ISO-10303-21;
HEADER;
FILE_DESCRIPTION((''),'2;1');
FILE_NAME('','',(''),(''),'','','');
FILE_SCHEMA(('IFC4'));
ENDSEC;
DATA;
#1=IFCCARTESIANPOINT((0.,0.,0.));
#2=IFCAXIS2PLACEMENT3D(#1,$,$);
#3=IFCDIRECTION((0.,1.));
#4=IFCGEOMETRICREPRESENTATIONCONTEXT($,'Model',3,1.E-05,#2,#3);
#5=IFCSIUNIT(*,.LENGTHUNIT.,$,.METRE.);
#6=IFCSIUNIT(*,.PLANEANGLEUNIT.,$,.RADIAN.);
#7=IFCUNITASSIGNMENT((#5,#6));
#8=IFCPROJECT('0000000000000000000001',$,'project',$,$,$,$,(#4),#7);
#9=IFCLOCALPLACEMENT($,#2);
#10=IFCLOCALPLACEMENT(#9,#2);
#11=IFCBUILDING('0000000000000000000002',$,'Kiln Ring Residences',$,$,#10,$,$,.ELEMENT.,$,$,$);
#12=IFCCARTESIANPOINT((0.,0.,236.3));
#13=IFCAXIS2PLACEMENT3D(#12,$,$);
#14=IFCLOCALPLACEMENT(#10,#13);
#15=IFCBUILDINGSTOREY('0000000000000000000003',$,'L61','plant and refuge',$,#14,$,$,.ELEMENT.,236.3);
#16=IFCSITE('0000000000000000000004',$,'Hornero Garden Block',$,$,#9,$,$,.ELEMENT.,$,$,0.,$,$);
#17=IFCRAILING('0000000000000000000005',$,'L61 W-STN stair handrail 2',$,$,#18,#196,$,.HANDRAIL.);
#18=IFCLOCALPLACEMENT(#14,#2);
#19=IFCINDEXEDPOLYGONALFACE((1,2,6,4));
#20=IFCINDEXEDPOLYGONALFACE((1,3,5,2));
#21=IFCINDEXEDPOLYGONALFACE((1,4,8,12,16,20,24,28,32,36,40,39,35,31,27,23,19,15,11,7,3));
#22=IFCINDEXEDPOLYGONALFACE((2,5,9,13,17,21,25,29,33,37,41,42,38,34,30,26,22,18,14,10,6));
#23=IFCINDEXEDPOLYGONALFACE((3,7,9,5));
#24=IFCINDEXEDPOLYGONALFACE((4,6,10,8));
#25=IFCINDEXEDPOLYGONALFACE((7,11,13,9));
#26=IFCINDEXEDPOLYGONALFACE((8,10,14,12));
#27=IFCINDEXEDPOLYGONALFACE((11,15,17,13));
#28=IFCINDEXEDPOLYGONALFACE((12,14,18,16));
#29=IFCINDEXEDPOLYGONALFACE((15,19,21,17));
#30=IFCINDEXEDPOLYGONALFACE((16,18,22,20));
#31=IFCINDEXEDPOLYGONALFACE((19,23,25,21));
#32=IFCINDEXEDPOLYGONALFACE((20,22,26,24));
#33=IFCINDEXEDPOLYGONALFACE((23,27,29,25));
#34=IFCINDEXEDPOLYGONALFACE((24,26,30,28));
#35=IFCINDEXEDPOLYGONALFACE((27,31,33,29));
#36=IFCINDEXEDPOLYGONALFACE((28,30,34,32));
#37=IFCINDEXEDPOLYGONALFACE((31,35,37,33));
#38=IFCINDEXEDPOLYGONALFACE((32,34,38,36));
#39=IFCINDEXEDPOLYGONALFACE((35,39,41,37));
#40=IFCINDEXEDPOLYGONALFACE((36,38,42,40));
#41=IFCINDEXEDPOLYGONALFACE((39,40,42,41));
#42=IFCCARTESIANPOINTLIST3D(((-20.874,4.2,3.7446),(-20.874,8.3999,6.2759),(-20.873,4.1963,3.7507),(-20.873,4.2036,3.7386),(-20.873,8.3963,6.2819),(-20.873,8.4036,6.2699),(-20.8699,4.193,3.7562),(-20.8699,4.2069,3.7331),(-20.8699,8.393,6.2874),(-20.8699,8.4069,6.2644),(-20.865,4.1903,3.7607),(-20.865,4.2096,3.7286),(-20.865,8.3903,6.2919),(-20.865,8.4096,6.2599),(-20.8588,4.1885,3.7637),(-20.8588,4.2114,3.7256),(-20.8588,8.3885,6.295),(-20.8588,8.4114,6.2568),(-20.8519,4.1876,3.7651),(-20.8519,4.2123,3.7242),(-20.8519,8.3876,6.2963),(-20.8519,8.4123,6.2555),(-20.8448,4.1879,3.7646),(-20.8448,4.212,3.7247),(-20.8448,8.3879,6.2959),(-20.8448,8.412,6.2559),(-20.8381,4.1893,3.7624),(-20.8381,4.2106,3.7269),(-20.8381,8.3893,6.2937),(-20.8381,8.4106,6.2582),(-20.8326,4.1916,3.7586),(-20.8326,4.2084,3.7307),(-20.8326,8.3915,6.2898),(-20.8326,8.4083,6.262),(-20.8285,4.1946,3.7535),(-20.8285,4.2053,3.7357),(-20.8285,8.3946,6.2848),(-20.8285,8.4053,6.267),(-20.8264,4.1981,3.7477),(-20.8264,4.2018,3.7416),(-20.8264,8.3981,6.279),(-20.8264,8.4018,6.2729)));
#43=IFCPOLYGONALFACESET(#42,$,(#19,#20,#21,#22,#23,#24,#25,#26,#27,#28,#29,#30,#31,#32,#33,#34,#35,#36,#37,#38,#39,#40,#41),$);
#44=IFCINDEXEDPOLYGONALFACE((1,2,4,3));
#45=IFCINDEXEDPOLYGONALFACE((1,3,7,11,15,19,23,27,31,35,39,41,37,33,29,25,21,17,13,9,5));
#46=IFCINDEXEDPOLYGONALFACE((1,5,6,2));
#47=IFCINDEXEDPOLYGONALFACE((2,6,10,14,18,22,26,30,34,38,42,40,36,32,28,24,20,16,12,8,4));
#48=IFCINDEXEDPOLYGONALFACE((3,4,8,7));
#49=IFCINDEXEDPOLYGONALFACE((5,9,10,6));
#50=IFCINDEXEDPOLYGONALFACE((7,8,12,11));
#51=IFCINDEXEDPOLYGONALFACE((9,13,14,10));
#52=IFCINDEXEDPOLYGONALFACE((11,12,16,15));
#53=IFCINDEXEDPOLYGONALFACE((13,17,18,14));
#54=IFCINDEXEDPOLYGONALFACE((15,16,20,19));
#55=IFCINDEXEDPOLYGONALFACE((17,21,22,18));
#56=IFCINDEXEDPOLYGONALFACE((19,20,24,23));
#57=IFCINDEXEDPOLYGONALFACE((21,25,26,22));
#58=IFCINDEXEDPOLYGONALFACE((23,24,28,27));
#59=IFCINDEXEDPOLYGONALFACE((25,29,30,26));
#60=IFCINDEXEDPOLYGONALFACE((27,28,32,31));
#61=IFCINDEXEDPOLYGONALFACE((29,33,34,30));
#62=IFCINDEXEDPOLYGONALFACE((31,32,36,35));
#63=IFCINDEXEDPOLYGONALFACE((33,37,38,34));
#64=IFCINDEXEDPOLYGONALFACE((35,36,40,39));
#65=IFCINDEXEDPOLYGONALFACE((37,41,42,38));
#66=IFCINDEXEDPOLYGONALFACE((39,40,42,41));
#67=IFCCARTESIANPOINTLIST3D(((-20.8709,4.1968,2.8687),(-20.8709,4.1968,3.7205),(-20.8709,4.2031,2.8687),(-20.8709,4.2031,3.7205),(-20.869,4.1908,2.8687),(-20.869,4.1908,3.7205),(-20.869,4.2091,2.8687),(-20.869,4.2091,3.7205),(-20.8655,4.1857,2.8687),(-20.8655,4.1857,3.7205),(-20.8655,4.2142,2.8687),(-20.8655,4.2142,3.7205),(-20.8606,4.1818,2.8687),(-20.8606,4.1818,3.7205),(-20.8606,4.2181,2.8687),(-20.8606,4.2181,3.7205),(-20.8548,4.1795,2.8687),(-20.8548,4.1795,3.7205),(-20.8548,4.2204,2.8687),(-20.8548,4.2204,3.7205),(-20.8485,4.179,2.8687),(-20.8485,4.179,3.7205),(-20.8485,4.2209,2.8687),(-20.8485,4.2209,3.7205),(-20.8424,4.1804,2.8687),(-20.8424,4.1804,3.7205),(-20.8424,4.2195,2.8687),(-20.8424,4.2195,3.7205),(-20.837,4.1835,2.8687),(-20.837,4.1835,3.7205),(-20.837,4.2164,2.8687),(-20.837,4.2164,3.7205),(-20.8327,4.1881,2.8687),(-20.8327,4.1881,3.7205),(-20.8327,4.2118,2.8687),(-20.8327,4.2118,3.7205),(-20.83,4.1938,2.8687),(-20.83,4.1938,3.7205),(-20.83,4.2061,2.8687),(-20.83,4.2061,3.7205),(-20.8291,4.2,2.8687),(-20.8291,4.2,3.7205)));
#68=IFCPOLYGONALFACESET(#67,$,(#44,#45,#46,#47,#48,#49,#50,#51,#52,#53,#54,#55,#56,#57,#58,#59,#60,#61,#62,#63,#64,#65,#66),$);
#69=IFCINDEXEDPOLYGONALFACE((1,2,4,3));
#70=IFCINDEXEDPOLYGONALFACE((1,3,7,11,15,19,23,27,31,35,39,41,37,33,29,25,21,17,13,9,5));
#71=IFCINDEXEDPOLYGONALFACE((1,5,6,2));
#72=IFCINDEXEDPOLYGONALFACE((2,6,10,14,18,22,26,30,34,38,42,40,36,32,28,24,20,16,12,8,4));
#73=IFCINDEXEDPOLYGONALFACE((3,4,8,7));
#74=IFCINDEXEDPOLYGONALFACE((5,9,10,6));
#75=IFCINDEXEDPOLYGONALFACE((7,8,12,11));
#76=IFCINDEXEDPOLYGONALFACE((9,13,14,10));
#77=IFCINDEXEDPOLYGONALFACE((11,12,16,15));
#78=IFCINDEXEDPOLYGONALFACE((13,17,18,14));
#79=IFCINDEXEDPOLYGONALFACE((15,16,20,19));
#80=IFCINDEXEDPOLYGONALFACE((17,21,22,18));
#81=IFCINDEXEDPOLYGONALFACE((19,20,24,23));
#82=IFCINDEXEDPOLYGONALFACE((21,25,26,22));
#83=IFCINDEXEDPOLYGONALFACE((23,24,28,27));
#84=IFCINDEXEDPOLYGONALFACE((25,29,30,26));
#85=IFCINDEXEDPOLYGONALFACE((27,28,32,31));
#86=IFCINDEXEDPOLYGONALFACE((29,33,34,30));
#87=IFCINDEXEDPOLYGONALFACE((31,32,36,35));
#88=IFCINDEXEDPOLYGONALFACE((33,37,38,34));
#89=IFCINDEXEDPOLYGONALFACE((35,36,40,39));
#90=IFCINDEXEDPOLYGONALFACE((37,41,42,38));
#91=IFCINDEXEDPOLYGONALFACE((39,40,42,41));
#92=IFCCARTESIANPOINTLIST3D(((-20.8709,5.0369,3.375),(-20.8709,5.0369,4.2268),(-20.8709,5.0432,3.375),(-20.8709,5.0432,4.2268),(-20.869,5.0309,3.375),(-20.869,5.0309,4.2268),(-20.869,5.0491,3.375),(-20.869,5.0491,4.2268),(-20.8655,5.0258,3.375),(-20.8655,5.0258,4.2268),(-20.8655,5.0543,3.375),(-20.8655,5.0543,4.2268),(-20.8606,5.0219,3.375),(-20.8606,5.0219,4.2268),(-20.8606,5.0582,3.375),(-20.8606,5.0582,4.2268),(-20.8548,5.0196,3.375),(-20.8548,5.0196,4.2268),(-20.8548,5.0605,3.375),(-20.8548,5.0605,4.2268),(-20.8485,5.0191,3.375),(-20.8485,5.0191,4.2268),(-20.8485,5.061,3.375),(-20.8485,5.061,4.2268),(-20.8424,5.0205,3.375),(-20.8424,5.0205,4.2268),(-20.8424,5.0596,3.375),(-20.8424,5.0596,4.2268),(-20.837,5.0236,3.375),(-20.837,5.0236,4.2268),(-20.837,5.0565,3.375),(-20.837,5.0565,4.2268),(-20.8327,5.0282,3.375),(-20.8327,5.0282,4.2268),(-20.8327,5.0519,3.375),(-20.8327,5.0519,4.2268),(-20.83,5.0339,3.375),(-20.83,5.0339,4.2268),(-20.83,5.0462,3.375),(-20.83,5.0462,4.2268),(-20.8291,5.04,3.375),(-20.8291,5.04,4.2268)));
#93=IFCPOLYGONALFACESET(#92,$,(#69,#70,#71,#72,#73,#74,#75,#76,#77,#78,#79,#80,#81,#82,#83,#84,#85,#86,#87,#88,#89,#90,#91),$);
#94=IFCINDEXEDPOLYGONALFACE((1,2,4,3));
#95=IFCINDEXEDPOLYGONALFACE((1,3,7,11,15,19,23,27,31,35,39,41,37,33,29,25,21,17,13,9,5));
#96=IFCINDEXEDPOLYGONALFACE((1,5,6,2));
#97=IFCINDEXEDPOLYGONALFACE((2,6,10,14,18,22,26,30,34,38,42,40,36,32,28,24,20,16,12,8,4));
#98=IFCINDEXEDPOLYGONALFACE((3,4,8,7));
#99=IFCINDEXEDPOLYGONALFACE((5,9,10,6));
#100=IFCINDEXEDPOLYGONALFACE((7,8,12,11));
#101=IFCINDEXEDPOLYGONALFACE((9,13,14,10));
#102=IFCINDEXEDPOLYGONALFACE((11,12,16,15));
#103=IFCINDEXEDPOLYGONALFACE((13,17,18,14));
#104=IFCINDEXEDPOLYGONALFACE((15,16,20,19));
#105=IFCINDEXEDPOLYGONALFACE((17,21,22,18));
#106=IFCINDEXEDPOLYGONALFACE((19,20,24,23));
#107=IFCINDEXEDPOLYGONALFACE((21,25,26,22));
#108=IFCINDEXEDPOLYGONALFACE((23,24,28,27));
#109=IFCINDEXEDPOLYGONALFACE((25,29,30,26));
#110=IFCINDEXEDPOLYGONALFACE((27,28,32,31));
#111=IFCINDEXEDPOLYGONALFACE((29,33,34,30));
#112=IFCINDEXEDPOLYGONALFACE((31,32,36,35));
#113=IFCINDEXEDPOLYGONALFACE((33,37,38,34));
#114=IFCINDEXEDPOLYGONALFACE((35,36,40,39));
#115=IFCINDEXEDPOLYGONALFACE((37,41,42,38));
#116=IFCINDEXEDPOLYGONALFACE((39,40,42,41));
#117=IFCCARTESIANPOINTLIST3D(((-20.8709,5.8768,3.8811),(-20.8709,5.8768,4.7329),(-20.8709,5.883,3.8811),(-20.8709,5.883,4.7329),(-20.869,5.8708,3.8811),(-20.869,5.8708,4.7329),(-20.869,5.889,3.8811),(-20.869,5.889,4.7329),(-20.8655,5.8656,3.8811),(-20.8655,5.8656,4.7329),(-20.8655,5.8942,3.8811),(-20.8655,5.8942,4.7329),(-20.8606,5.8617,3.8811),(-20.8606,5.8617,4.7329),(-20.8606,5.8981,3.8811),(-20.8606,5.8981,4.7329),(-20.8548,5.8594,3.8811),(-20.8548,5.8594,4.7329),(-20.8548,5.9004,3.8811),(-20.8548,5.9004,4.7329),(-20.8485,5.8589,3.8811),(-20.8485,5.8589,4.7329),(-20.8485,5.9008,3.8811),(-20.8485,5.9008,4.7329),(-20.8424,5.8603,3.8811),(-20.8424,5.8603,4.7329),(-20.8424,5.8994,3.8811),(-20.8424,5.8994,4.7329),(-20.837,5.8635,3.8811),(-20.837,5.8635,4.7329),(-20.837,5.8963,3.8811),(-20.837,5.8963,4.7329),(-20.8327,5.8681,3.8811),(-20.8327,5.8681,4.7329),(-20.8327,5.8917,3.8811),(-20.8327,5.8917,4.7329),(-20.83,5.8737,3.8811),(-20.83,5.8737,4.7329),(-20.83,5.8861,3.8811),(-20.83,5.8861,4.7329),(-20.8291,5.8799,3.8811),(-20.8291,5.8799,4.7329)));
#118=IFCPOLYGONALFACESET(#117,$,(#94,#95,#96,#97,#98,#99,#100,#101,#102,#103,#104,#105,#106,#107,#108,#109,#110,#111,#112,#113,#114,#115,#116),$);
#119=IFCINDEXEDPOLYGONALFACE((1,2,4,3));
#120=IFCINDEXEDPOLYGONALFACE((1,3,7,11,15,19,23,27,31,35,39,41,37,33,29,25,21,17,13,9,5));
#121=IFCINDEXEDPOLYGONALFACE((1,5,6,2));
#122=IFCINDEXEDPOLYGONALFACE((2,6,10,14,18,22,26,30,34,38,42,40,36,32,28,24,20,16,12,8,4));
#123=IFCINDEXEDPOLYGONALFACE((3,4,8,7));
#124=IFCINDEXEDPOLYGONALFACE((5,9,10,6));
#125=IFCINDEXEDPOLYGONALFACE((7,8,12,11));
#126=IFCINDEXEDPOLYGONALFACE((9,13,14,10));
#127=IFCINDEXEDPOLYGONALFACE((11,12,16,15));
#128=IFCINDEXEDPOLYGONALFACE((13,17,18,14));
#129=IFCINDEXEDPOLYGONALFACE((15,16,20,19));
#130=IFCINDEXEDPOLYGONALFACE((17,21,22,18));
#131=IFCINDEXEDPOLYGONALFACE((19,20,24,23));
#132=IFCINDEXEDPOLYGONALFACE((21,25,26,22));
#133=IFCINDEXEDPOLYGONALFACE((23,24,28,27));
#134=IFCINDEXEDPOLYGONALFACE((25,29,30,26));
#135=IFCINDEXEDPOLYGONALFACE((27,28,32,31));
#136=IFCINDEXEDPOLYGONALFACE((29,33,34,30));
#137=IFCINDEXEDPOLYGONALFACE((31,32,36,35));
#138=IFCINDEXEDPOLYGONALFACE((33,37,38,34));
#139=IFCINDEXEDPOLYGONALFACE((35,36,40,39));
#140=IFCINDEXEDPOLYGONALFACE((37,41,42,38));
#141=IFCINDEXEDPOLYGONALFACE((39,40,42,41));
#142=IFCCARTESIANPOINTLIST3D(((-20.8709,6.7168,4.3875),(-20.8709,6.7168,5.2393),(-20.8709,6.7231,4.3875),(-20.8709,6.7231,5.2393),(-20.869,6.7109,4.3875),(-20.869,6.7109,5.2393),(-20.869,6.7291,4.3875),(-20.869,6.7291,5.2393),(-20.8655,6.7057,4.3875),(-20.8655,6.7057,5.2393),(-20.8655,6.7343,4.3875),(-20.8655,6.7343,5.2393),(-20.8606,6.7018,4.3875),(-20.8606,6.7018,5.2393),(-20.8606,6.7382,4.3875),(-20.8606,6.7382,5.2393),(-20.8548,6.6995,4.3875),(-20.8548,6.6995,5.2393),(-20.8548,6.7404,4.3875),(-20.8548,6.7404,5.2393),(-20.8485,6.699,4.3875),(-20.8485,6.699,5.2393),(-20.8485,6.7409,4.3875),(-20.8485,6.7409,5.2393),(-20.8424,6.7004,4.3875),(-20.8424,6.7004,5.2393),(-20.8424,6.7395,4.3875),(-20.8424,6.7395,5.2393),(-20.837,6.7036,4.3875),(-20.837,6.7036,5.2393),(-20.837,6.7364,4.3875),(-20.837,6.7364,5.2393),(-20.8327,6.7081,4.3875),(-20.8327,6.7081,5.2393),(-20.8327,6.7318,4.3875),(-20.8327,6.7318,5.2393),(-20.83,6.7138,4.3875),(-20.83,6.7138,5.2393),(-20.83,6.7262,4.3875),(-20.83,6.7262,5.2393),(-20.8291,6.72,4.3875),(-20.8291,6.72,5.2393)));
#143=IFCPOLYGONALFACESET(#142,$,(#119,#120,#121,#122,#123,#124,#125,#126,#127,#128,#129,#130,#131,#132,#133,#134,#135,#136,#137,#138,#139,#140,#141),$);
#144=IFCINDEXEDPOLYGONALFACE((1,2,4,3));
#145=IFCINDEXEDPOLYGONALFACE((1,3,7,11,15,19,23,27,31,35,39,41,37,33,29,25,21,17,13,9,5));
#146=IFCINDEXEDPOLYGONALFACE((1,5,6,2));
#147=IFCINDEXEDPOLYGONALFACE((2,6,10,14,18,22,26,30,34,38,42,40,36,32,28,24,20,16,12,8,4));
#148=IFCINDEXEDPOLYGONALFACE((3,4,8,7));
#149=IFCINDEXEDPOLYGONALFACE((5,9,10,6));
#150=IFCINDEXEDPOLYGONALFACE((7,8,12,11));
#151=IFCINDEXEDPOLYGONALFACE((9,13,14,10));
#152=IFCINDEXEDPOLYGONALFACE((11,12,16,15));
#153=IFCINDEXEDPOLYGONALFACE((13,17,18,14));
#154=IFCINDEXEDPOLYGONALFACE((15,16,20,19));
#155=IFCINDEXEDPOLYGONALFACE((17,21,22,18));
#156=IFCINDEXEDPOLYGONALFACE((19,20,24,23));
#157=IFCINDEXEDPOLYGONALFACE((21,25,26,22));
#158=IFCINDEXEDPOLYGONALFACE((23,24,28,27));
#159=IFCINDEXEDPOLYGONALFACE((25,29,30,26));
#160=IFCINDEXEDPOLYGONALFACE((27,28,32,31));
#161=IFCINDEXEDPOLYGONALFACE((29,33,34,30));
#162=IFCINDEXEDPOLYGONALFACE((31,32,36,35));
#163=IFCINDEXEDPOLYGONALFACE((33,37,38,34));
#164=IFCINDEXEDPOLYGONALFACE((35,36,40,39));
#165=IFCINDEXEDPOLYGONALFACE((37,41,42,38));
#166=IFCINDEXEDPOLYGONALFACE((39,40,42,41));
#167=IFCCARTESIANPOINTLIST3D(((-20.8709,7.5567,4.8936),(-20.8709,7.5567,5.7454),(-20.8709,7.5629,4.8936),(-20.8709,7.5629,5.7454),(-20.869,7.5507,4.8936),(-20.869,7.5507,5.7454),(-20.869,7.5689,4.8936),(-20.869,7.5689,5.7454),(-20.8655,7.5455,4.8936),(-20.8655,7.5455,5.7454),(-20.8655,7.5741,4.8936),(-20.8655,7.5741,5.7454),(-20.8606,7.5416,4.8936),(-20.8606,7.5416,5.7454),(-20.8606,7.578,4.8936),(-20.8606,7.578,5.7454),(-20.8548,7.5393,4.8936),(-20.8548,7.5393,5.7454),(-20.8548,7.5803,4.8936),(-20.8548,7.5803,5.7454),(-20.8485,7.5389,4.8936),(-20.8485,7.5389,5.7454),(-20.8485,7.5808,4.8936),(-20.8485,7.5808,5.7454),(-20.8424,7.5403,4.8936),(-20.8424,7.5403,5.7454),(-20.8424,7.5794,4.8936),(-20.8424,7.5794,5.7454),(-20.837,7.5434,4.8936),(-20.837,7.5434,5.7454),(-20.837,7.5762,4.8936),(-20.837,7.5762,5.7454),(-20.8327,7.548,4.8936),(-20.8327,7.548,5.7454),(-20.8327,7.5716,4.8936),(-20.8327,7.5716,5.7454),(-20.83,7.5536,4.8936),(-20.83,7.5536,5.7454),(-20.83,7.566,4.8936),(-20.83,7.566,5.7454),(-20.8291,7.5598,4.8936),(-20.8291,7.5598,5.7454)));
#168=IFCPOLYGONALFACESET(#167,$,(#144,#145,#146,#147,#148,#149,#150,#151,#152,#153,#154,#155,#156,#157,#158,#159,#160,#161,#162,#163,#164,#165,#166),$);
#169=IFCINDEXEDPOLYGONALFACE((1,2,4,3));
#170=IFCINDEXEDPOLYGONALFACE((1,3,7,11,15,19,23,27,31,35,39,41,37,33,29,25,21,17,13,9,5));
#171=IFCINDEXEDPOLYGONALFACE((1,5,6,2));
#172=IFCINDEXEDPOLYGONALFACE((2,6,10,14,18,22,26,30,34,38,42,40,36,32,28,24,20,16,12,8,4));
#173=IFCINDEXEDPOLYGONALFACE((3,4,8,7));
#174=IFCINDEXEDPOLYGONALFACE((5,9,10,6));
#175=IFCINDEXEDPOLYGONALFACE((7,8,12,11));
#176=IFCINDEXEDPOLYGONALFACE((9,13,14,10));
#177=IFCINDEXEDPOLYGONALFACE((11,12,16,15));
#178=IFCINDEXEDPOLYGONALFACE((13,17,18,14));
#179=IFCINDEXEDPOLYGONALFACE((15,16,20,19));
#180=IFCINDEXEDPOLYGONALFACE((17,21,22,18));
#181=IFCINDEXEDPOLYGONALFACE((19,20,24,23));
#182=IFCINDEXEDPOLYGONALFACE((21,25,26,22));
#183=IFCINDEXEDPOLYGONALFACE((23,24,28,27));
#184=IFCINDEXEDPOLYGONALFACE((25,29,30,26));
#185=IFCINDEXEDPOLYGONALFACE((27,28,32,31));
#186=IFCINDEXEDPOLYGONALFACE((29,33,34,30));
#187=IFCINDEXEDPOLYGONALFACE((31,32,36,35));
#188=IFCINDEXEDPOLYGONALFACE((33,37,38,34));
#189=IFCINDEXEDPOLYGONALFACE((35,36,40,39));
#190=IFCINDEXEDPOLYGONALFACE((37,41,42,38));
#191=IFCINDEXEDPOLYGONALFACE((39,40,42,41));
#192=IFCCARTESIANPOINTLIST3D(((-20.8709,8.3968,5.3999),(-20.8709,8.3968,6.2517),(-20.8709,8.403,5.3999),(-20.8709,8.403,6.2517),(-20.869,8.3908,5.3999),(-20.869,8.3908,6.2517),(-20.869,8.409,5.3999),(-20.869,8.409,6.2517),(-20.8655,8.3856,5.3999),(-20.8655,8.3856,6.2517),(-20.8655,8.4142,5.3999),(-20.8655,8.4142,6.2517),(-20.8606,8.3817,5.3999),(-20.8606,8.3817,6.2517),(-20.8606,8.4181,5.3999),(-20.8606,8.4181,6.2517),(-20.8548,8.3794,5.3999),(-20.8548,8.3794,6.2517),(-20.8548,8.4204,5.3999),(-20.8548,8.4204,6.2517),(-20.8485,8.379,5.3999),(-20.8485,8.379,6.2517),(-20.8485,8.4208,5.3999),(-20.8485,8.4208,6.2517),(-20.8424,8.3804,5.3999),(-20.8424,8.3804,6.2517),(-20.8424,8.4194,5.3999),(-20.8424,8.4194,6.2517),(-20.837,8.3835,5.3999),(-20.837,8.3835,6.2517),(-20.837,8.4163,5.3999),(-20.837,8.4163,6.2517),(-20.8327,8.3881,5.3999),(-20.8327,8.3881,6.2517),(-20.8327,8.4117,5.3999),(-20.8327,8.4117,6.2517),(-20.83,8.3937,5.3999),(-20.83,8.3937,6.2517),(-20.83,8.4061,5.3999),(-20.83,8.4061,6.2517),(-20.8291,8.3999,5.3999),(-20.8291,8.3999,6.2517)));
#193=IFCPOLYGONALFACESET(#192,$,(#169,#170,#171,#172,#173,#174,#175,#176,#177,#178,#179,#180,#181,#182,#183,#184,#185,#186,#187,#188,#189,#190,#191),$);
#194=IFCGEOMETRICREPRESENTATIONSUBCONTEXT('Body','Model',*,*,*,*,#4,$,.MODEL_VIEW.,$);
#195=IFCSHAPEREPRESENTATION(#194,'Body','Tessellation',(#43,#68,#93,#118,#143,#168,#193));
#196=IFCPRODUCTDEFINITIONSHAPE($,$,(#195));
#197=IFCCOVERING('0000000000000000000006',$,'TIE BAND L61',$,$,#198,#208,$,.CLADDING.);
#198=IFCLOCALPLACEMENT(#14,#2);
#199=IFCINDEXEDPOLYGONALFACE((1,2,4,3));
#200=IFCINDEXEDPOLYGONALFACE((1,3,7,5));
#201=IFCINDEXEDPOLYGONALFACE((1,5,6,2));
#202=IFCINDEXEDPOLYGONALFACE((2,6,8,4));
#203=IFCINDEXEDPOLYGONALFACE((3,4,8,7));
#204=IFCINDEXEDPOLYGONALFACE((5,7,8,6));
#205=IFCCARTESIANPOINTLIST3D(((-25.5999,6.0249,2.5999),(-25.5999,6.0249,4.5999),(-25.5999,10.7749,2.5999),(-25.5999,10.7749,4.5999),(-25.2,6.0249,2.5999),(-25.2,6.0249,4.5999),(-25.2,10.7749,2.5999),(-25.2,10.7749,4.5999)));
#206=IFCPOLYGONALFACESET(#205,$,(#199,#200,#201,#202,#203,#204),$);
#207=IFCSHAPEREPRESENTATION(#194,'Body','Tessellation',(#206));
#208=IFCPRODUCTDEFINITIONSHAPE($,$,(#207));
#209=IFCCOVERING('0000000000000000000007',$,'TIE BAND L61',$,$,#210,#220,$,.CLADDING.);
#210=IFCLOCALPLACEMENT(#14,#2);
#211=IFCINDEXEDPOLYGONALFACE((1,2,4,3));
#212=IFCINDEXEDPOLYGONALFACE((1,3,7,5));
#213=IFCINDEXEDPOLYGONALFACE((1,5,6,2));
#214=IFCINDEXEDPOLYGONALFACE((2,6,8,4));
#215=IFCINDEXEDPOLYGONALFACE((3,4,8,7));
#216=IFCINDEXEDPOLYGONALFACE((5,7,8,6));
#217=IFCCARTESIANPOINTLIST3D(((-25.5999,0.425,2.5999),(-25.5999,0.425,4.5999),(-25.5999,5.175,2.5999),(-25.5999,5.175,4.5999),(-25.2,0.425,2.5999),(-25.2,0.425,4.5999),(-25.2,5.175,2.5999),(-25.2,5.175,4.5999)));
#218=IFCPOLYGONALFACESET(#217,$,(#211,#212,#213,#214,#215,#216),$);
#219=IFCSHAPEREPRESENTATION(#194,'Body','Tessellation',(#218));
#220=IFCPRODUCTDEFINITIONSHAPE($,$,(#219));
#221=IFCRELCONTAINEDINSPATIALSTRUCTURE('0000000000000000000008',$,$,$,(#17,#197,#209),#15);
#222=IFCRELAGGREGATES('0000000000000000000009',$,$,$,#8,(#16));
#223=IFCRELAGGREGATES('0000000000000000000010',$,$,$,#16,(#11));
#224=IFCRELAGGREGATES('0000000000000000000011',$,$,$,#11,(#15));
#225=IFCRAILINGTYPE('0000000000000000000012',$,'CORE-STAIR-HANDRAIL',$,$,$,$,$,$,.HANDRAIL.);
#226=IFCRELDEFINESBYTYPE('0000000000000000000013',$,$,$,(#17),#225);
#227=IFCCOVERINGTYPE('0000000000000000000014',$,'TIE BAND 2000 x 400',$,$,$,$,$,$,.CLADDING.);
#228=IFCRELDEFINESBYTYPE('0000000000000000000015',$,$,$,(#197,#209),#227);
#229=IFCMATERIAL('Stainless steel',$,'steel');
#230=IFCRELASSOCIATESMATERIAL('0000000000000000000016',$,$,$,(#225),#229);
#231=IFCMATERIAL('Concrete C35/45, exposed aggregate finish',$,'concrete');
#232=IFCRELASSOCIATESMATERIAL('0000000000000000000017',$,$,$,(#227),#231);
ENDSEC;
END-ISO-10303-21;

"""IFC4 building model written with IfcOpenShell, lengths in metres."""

from ifc_helpers import new_model, si_unit, direction, frame, origin, origin_2d, place, context, subcontext, project, spatial, rectangle, circle, extrude, material, type_object, element, save


model = new_model("IFC4")

# Units and contexts
model_context = context("Model", 3, precision=1e-05, world=origin(), true_north=direction((0.0, 1.0)))
body_context = subcontext(model_context, "Body", "Model", "MODEL_VIEW")
ifc_project = project(units=[si_unit("LENGTHUNIT", "METRE"), si_unit("PLANEANGLEUNIT", "RADIAN")], contexts=[model_context])

# Site, building, storey
site_placement = place(None, origin())
site = spatial("IfcSite", under=ifc_project, at=site_placement, Name="Hornero Garden Block", CompositionType="ELEMENT", RefElevation=0.0)
building_placement = place(site_placement, origin())
building = spatial("IfcBuilding", under=site, at=building_placement, Name="Kiln Ring Residences", CompositionType="ELEMENT")
storey_placement = place(building_placement, frame((0.0, 0.0, 236.3)))
storey = spatial("IfcBuildingStorey", under=building, at=storey_placement, Name="L61", Description="plant and refuge", CompositionType="ELEMENT", Elevation=236.3)

# Railing
ifc_material_1 = material(Name="Stainless steel", Category="steel")
railing_type_1 = type_object("IfcRailingType", Name="CORE-STAIR-HANDRAIL", PredefinedType="HANDRAIL", material=ifc_material_1)
railing_1_placement = place(storey_placement, frame((-20.8501, 4.2, 2.8687)))
element("IfcRailing", 1, at=railing_1_placement, inside=storey, type_object=railing_type_1, Name="L61 W-STN stair handrail 2", PredefinedType="HANDRAIL", context=body_context, shape_type="SweptSolid", body=[
    extrude(circle(Radius=0.0239, at=origin_2d()), frame((0.0, 0.0, 0.876), z_axis=(0.0, 0.856476, 0.516186), x_axis=(-1.0, 0.0, 0.0)), (0.0, 0.0, 1.0), 4.9038),
    extrude(circle(Radius=0.021, at=origin_2d()), origin(), (0.0, 0.0, 1.0), 0.8518),
    extrude(circle(Radius=0.021, at=origin_2d()), frame((0.0, 0.8401, 0.5063)), (0.0, 0.0, 1.0), 0.8518),
    extrude(circle(Radius=0.021, at=origin_2d()), frame((0.0, 1.6799, 1.0125)), (0.0, 0.0, 1.0), 0.8518),
    extrude(circle(Radius=0.021, at=origin_2d()), frame((0.0, 2.52, 1.5188)), (0.0, 0.0, 1.0), 0.8518),
    extrude(circle(Radius=0.021, at=origin_2d()), frame((0.0, 3.3599, 2.0249)), (0.0, 0.0, 1.0), 0.8518),
    extrude(circle(Radius=0.021, at=origin_2d()), frame((0.0, 4.2, 2.5312)), (0.0, 0.0, 1.0), 0.8518),
])

# Coverings
ifc_material_2 = material(Name="Concrete C35/45, exposed aggregate finish", Category="concrete")
covering_type = type_object("IfcCoveringType", Name="TIE BAND 2000 x 400", PredefinedType="CLADDING", material=ifc_material_2)
for number, where, z_axis, x_axis, name in (
    (2, (-25.3999, 8.3999, 2.5999), (0.0, 0.0, 1.0), (0.0, -1.0, 0.0), "TIE BAND L61"),
    (3, (-25.3999, 2.8, 2.5999), (0.0, 0.0, 1.0), (0.0, -1.0, 0.0), "TIE BAND L61"),
):
    element("IfcCovering", number, at=place(storey_placement, frame(where, z_axis=z_axis, x_axis=x_axis)), inside=storey, type_object=covering_type, Name=name, PredefinedType="CLADDING", context=body_context, shape_type="SweptSolid", body=[
        extrude(rectangle(XDim=4.75, YDim=0.3999, at=origin_2d()), origin(), (0.0, 0.0, 1.0), 2.0),
    ])

save(model, "model.ifc")
